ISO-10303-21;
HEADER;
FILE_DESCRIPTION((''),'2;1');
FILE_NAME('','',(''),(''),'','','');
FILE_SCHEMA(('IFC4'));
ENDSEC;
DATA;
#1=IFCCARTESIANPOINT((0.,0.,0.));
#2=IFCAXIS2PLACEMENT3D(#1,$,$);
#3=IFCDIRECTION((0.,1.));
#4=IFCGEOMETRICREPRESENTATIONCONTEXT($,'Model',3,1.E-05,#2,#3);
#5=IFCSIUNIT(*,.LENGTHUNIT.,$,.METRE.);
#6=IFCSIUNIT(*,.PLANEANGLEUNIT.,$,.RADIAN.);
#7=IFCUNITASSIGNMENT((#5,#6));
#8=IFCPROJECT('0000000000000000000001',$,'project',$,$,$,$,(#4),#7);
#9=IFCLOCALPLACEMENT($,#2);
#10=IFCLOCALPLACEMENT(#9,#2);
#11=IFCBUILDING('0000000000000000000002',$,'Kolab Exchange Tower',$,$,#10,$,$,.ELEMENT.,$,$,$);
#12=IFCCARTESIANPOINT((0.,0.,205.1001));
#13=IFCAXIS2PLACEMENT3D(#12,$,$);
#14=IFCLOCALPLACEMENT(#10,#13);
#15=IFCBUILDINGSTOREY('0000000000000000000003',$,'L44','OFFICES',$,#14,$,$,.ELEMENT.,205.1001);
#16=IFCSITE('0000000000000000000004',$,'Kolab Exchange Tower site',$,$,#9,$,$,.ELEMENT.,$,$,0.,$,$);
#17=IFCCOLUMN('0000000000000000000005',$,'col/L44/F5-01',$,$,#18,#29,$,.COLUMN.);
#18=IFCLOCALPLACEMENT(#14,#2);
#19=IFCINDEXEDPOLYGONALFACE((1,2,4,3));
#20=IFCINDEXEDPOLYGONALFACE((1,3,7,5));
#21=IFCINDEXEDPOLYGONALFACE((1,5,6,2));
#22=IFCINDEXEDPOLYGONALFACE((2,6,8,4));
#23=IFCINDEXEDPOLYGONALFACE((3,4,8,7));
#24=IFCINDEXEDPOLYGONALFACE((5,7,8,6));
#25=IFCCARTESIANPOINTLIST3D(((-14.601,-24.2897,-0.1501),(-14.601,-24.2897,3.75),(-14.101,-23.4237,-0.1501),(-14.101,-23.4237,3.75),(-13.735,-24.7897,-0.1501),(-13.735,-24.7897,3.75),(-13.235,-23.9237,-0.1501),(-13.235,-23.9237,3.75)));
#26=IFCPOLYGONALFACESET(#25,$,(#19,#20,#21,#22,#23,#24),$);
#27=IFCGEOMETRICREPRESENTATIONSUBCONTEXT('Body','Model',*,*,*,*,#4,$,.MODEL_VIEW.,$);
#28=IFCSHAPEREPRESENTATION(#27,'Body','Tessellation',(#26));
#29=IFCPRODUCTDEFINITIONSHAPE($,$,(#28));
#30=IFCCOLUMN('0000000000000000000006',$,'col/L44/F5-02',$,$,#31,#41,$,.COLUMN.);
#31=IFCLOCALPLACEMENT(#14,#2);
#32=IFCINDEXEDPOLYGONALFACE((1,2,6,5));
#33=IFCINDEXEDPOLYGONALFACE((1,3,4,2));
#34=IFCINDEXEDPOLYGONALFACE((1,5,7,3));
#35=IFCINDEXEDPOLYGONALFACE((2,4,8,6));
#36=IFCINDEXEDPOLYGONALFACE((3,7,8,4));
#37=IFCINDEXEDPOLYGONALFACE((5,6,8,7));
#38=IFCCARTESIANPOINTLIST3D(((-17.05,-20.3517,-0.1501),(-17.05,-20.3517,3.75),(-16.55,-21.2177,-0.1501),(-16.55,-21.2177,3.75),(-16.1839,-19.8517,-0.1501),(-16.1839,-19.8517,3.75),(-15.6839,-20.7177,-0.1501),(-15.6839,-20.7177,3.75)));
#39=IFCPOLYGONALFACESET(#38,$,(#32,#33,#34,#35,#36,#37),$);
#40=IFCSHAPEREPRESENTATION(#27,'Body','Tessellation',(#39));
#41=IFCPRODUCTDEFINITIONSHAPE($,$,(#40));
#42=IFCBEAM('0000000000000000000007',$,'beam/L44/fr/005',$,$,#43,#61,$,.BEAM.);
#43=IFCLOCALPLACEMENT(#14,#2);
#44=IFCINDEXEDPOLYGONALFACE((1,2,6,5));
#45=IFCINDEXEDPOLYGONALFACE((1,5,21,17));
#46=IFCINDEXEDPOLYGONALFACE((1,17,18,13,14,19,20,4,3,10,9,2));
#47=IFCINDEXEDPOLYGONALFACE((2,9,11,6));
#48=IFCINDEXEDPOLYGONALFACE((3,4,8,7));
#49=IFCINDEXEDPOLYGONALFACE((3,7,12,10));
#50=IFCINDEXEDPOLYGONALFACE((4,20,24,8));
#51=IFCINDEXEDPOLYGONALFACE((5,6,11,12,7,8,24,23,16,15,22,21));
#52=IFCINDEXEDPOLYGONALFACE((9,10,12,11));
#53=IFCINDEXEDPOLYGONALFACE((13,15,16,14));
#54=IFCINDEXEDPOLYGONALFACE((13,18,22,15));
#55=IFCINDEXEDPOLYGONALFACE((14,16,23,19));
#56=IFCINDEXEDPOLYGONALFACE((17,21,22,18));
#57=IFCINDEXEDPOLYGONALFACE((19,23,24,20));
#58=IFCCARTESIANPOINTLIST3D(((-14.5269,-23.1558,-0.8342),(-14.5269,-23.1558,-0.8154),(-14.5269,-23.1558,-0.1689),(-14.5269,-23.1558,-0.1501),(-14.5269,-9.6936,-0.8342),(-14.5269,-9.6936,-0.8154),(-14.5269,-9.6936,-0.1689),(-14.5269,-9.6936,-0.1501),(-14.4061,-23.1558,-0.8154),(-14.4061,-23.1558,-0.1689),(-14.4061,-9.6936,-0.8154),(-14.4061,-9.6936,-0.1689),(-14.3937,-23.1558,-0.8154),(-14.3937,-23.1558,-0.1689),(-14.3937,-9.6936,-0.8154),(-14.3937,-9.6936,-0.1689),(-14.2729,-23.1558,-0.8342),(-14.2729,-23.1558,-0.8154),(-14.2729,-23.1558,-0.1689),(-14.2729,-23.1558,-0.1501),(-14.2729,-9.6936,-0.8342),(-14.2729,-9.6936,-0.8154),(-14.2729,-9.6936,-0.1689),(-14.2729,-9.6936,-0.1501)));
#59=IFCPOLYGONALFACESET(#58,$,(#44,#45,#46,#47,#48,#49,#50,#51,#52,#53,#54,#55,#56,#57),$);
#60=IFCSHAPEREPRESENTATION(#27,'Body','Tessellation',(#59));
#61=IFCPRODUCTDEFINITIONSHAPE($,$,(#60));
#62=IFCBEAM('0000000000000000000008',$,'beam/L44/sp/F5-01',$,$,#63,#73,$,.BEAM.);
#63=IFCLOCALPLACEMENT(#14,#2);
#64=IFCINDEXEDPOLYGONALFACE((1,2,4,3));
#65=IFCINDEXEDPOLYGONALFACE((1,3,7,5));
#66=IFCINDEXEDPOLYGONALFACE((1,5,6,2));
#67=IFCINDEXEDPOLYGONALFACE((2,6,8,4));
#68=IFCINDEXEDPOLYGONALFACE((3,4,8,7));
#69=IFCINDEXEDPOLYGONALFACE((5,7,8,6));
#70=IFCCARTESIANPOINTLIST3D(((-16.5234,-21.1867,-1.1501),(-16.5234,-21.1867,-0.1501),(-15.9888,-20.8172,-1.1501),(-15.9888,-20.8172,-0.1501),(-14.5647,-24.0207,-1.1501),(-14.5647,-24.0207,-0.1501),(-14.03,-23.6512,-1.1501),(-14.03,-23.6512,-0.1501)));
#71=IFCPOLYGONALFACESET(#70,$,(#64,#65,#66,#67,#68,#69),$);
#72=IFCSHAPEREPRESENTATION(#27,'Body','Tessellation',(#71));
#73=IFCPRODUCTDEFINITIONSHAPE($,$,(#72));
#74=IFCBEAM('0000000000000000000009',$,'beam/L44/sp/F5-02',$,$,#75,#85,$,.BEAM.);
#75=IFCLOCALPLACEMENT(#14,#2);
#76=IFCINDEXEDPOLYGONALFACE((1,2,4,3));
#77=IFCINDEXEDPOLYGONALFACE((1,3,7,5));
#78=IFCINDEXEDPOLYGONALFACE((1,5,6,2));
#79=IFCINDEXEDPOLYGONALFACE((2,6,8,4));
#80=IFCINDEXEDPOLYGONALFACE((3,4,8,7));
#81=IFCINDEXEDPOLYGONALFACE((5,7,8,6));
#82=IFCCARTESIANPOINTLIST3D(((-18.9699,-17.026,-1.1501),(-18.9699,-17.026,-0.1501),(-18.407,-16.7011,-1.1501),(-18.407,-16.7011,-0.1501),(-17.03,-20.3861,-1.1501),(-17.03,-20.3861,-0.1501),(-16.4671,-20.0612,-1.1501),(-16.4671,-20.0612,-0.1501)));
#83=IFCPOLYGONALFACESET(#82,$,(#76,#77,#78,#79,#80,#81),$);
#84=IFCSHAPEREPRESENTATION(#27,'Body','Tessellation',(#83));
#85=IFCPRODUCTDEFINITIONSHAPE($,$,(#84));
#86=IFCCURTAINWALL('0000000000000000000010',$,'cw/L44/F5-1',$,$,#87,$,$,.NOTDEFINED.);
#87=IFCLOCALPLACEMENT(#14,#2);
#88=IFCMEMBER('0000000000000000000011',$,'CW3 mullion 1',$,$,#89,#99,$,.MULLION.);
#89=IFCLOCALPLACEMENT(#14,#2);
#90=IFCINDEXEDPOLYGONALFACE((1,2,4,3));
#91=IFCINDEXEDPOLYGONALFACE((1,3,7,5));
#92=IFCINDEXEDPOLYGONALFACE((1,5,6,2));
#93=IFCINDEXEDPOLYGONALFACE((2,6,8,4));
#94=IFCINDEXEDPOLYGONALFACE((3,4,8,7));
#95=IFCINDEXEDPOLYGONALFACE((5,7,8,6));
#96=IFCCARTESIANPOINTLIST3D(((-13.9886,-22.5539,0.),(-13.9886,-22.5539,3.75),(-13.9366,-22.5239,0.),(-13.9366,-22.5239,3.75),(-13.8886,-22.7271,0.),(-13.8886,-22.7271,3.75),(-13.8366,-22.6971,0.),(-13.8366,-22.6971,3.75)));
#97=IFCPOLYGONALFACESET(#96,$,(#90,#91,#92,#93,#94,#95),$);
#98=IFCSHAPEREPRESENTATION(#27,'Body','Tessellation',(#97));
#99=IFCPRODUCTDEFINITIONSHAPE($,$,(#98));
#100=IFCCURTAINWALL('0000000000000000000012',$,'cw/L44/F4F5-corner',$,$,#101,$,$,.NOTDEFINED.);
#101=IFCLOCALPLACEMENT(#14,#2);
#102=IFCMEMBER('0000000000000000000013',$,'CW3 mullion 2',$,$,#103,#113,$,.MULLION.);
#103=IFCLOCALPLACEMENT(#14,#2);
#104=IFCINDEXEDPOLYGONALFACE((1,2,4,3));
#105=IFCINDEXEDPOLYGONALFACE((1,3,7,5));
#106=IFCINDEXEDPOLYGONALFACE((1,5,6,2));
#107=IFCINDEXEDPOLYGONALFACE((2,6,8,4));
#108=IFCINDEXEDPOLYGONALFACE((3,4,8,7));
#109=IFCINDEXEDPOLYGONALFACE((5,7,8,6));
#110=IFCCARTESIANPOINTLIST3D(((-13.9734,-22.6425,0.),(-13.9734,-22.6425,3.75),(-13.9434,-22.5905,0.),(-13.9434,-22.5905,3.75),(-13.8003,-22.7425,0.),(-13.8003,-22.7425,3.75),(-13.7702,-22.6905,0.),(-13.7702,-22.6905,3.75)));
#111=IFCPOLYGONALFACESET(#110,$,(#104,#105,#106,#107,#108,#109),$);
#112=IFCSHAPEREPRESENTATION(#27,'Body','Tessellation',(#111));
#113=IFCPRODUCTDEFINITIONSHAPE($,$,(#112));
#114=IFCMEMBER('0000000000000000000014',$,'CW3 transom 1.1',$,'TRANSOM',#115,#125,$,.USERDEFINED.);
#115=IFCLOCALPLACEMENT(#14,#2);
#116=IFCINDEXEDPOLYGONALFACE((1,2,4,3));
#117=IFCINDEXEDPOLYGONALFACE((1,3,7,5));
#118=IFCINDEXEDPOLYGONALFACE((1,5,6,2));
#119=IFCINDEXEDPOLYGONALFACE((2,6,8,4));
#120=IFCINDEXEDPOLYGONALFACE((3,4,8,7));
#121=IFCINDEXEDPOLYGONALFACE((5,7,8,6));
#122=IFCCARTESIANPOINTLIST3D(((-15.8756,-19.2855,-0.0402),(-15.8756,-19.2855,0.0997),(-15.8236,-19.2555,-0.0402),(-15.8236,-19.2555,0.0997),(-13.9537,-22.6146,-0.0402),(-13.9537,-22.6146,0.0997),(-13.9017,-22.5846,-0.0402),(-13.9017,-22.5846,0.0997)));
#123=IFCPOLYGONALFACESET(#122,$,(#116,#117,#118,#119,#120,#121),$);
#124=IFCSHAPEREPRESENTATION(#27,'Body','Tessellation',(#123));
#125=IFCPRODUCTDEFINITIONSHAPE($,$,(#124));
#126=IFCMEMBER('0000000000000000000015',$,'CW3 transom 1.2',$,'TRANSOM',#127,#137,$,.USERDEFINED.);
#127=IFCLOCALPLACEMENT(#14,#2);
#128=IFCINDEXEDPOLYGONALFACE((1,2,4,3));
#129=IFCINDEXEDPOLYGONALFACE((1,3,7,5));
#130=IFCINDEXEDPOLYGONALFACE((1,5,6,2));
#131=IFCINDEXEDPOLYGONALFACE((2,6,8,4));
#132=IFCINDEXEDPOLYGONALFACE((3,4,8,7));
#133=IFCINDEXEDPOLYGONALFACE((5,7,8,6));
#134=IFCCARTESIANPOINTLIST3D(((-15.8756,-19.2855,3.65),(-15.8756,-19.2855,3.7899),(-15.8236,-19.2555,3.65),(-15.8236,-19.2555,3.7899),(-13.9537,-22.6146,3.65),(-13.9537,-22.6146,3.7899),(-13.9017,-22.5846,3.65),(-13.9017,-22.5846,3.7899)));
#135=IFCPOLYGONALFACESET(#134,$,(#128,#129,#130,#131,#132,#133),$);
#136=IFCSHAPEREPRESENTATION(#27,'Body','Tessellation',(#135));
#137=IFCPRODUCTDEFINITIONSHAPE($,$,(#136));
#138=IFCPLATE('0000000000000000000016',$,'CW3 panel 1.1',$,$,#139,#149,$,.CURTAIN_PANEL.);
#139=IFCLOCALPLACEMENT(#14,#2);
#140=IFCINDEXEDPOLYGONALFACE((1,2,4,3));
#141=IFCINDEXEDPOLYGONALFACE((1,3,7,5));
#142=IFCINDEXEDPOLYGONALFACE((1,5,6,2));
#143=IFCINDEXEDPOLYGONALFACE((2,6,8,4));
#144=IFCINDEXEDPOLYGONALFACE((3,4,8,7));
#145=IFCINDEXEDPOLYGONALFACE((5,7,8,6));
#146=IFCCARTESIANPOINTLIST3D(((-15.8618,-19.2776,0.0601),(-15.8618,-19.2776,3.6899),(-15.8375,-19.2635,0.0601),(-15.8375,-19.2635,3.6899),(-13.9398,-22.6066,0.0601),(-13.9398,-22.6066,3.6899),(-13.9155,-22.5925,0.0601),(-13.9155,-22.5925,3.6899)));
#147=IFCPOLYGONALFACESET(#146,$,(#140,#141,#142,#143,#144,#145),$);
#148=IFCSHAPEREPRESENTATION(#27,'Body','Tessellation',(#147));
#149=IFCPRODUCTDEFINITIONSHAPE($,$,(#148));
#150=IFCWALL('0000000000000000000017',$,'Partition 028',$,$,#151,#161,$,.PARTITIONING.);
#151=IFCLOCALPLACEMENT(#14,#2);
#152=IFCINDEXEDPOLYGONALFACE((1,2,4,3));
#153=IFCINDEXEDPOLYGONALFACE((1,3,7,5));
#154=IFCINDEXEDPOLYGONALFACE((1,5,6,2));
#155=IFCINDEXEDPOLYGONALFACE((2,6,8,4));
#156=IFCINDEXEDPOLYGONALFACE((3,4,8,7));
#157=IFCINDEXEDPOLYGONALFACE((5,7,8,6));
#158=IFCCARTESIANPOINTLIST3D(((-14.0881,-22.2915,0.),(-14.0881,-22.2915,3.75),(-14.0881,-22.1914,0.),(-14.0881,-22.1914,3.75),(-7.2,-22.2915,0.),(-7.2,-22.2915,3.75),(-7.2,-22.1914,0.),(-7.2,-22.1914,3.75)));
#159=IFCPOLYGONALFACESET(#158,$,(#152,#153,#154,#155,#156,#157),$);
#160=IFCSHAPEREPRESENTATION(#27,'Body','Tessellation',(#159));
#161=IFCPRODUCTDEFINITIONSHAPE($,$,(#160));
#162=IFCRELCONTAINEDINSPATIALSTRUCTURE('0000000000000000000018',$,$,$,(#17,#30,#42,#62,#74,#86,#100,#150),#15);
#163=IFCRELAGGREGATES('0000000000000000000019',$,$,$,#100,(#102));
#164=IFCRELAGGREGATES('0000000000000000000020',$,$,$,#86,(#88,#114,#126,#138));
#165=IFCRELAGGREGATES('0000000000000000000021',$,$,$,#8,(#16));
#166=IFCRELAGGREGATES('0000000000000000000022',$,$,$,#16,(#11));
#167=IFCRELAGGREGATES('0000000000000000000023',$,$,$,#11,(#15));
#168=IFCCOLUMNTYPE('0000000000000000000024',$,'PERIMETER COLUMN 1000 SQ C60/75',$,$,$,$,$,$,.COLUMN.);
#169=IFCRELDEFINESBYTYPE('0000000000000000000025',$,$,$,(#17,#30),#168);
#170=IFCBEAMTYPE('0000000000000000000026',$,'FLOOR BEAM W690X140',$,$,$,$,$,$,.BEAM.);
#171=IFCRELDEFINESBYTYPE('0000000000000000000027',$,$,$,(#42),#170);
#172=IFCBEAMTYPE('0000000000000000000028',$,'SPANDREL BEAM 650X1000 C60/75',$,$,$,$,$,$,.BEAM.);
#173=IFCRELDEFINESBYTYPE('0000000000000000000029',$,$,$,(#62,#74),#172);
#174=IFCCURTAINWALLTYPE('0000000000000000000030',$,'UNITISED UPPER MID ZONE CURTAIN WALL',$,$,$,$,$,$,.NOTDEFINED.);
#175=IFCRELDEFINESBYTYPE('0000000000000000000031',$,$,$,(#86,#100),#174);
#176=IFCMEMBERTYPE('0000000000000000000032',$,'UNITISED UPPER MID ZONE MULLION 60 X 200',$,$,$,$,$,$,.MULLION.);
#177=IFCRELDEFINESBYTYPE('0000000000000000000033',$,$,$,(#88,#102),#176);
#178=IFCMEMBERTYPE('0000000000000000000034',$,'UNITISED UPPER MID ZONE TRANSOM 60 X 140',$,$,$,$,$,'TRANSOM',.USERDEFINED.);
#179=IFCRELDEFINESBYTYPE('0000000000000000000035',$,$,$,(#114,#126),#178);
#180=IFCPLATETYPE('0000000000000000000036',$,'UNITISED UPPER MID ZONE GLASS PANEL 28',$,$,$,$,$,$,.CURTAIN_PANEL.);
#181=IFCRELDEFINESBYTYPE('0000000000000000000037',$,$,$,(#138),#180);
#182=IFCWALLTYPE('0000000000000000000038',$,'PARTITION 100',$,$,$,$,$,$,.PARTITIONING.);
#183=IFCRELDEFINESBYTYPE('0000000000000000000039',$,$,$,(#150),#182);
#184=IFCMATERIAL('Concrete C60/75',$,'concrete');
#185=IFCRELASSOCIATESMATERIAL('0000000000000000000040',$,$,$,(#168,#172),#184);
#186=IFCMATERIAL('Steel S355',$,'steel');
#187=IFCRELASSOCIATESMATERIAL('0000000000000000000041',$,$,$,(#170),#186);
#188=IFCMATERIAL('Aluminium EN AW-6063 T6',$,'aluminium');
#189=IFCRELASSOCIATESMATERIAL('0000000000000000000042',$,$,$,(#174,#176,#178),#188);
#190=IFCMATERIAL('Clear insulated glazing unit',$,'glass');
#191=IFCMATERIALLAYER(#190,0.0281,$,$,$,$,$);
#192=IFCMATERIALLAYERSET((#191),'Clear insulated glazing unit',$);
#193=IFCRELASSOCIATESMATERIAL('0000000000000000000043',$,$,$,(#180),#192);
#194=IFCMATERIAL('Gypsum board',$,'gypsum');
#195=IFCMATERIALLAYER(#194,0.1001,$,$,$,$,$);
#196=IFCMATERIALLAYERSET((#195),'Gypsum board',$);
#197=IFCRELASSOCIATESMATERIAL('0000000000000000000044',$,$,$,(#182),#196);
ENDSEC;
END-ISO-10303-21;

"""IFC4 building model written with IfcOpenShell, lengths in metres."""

from ifc_helpers import new_model, si_unit, direction, frame, frame_2d, origin, origin_2d, place, context, subcontext, project, spatial, rectangle, i_section, extrude, material, layer, layer_set, material_profile, profile_set, type_object, element, aggregate, save


model = new_model("IFC4")

# Units and contexts
model_context = context("Model", 3, precision=1e-05, world=origin(), true_north=direction((0.0, 1.0)))
body_context = subcontext(model_context, "Body", "Model", "MODEL_VIEW")
ifc_project = project(units=[si_unit("LENGTHUNIT", "METRE"), si_unit("PLANEANGLEUNIT", "RADIAN")], contexts=[model_context])

# Site, building, storey
site_placement = place(None, origin())
site = spatial("IfcSite", under=ifc_project, at=site_placement, Name="Kolab Exchange Tower site", CompositionType="ELEMENT", RefElevation=0.0)
building_placement = place(site_placement, origin())
building = spatial("IfcBuilding", under=site, at=building_placement, Name="Kolab Exchange Tower", CompositionType="ELEMENT")
storey_placement = place(building_placement, frame((0.0, 0.0, 205.1001)))
storey = spatial("IfcBuildingStorey", under=building, at=storey_placement, Name="L44", Description="OFFICES", CompositionType="ELEMENT", Elevation=205.1001)

# Columns
ifc_material_1 = material(Name="Concrete C60/75", Category="concrete")
ifc_material_profile_1 = material_profile(ifc_material_1, rectangle(XDim=1.0, YDim=1.0, at=origin_2d()), Name="RC1000")
ifc_profile_set_1 = profile_set([ifc_material_profile_1], Name="Concrete C60/75")
column_type = type_object("IfcColumnType", Name="PERIMETER COLUMN 1000 SQ C60/75", PredefinedType="COLUMN", material=ifc_profile_set_1)
for number, where, z_axis, x_axis, name in (
    (1, (-13.918, -24.1067, -0.1501), (0.0, 0.0, 1.0), (0.5, 0.866025, 0.0), "col/L44/F5-01"),
    (2, (-16.3669, -20.5347, -0.1501), (0.0, 0.0, 1.0), (0.866025, 0.5, 0.0), "col/L44/F5-02"),
):
    element("IfcColumn", number, at=place(storey_placement, frame(where, z_axis=z_axis, x_axis=x_axis)), inside=storey, type_object=column_type, Name=name, PredefinedType="COLUMN", context=body_context, shape_type="SweptSolid", body=[
        extrude(rectangle(XDim=1.0, YDim=1.0, at=origin_2d()), origin(), (0.0, 0.0, 1.0), 3.9001),
    ])

# Beams
ifc_material_2 = material(Name="Steel S355", Category="steel")
ifc_material_profile_2 = material_profile(ifc_material_2, i_section(OverallWidth=0.2539, OverallDepth=0.6841, WebThickness=0.0125, FlangeThickness=0.0188, at=origin_2d()), Name="W690X140")
ifc_profile_set_2 = profile_set([ifc_material_profile_2], Name="Steel S355")
beam_type_1 = type_object("IfcBeamType", Name="FLOOR BEAM W690X140", PredefinedType="BEAM", material=ifc_profile_set_2)
beam_1_placement = place(storey_placement, frame((-14.3999, -23.1558, -0.4922), z_axis=(0.0, 1.0, 0.0), x_axis=(-1.0, 0.0, 0.0)))
element("IfcBeam", 3, at=beam_1_placement, inside=storey, type_object=beam_type_1, Name="beam/L44/fr/005", PredefinedType="BEAM", context=body_context, shape_type="SweptSolid", body=[
    extrude(i_section(OverallWidth=0.2539, OverallDepth=0.6841, WebThickness=0.0125, FlangeThickness=0.0188, at=origin_2d()), origin(), (0.0, 0.0, 1.0), 13.4622),
])
ifc_material_profile_3 = material_profile(ifc_material_1, rectangle(XDim=0.6499, YDim=1.0, at=origin_2d()), Name="RC650X1000")
ifc_profile_set_3 = profile_set([ifc_material_profile_3], Name="Concrete C60/75")
beam_type_2 = type_object("IfcBeamType", Name="SPANDREL BEAM 650X1000 C60/75", PredefinedType="BEAM", material=ifc_profile_set_3)
beam_2_placement = place(storey_placement, frame((-14.2974, -23.8359, -0.6501), z_axis=(-0.568572, 0.822633, 0.0), x_axis=(-0.822633, -0.568572, 0.0)))
element("IfcBeam", 4, at=beam_2_placement, inside=storey, type_object=beam_type_2, Name="beam/L44/sp/F5-01", PredefinedType="BEAM", context=body_context, shape_type="SweptSolid", body=[
    extrude(rectangle(XDim=0.6499, YDim=1.0, at=origin_2d()), origin(), (0.0, 0.0, 1.0), 3.4451),
])
beam_3_placement = place(storey_placement, frame((-16.7485, -20.2236, -0.6501), z_axis=(-0.499997, 0.866027, 0.0), x_axis=(-0.866027, -0.499997, 0.0)))
element("IfcBeam", 5, at=beam_3_placement, inside=storey, type_object=beam_type_2, Name="beam/L44/sp/F5-02", PredefinedType="BEAM", context=body_context, shape_type="SweptSolid", body=[
    extrude(rectangle(XDim=0.6499, YDim=1.0, at=origin_2d()), origin(), (0.0, 0.0, 1.0), 3.8799),
])

# Curtain walls, members
ifc_material_3 = material(Name="Aluminium EN AW-6063 T6", Category="aluminium")
curtain_wall_type = type_object("IfcCurtainWallType", Name="UNITISED UPPER MID ZONE CURTAIN WALL", PredefinedType="NOTDEFINED", material=ifc_material_3)
curtain_wall_1_placement = place(storey_placement, origin())
curtain_wall_1 = element("IfcCurtainWall", 6, at=curtain_wall_1_placement, inside=storey, type_object=curtain_wall_type, Name="cw/L44/F5-1", PredefinedType="NOTDEFINED")
ifc_material_profile_4 = material_profile(ifc_material_3, rectangle(XDim=0.0601, YDim=0.2, at=origin_2d()), Name="RECT 60X200")
ifc_profile_set_4 = profile_set([ifc_material_profile_4], Name="Aluminium EN AW-6063 T6")
member_type_1 = type_object("IfcMemberType", Name="UNITISED UPPER MID ZONE MULLION 60 X 200", PredefinedType="MULLION", material=ifc_profile_set_4)
member_1_placement = place(storey_placement, frame((-13.9126, -22.6255, 0.0), z_axis=(0.0, 0.0, 1.0), x_axis=(-0.866025, -0.5, 0.0)))
member_1 = element("IfcMember", 7, at=member_1_placement, type_object=member_type_1, Name="CW3 mullion 1", PredefinedType="MULLION", context=body_context, shape_type="SweptSolid", body=[
    extrude(rectangle(XDim=0.0601, YDim=0.2, at=origin_2d()), origin(), (0.0, 0.0, 1.0), 3.75),
])
curtain_wall_2_placement = place(storey_placement, origin())
curtain_wall_2 = element("IfcCurtainWall", 8, at=curtain_wall_2_placement, inside=storey, type_object=curtain_wall_type, Name="cw/L44/F4F5-corner", PredefinedType="NOTDEFINED")
member_2_placement = place(storey_placement, frame((-13.8718, -22.6665, 0.0), z_axis=(0.0, 0.0, 1.0), x_axis=(-0.5, -0.866025, 0.0)))
member_2 = element("IfcMember", 9, at=member_2_placement, type_object=member_type_1, Name="CW3 mullion 2", PredefinedType="MULLION", context=body_context, shape_type="SweptSolid", body=[
    extrude(rectangle(XDim=0.0601, YDim=0.2, at=origin_2d()), origin(), (0.0, 0.0, 1.0), 3.75),
])
aggregate(curtain_wall_2, [member_2])

# Members
ifc_material_profile_5 = material_profile(ifc_material_3, rectangle(XDim=0.0601, YDim=0.1399, at=origin_2d()), Name="RECT 60X140")
ifc_profile_set_5 = profile_set([ifc_material_profile_5], Name="Aluminium EN AW-6063 T6")
member_type_2 = type_object("IfcMemberType", Name="UNITISED UPPER MID ZONE TRANSOM 60 X 140", ElementType="TRANSOM", PredefinedType="USERDEFINED", material=ifc_profile_set_5)
member_3_placement = place(storey_placement, frame((-13.9277, -22.5996, 0.0298), z_axis=(-0.499964, 0.866046, 0.0), x_axis=(-0.866046, -0.499964, 0.0)))
member_3 = element("IfcMember", 10, at=member_3_placement, type_object=member_type_2, Name="CW3 transom 1.1", ObjectType="TRANSOM", PredefinedType="USERDEFINED", context=body_context, shape_type="SweptSolid", body=[
    extrude(rectangle(XDim=0.0601, YDim=0.1399, at=origin_2d()), origin(), (0.0, 0.0, 1.0), 3.844),
])
member_4_placement = place(storey_placement, frame((-13.9277, -22.5996, 3.72), z_axis=(-0.499964, 0.866046, 0.0), x_axis=(-0.866046, -0.499964, 0.0)))
member_4 = element("IfcMember", 11, at=member_4_placement, type_object=member_type_2, Name="CW3 transom 1.2", ObjectType="TRANSOM", PredefinedType="USERDEFINED", context=body_context, shape_type="SweptSolid", body=[
    extrude(rectangle(XDim=0.0601, YDim=0.1399, at=origin_2d()), origin(), (0.0, 0.0, 1.0), 3.844),
])

# Plate
ifc_material_4 = material(Name="Clear insulated glazing unit", Category="glass")
ifc_layer_1 = layer(ifc_material_4, 0.0281)
ifc_layer_set_1 = layer_set([ifc_layer_1], Name="Clear insulated glazing unit")
plate_type = type_object("IfcPlateType", Name="UNITISED UPPER MID ZONE GLASS PANEL 28", PredefinedType="CURTAIN_PANEL", material=ifc_layer_set_1)
plate_placement = place(storey_placement, frame((-14.8887, -20.9351, 0.0601), z_axis=(0.0, 0.0, 1.0), x_axis=(-0.5, 0.866025, 0.0)))
plate = element("IfcPlate", 12, at=plate_placement, type_object=plate_type, Name="CW3 panel 1.1", PredefinedType="CURTAIN_PANEL", context=body_context, shape_type="SweptSolid", body=[
    extrude(rectangle(XDim=3.844, YDim=0.0281, at=origin_2d()), origin(), (0.0, 0.0, 1.0), 3.6299),
])
aggregate(curtain_wall_1, [member_1, member_3, member_4, plate])

# Wall
ifc_material_5 = material(Name="Gypsum board", Category="gypsum")
ifc_layer_2 = layer(ifc_material_5, 0.1001)
ifc_layer_set_2 = layer_set([ifc_layer_2], Name="Gypsum board")
wall_type = type_object("IfcWallType", Name="PARTITION 100", PredefinedType="PARTITIONING", material=ifc_layer_set_2)
wall_placement = place(storey_placement, frame((-14.0881, -22.2415, 0.0), z_axis=(0.0, 0.0, 1.0), x_axis=(1.0, 0.0, 0.0)))
element("IfcWall", 13, at=wall_placement, inside=storey, type_object=wall_type, Name="Partition 028", PredefinedType="PARTITIONING", context=body_context, shape_type="SweptSolid", body=[
    extrude(rectangle(XDim=6.8882, YDim=0.1001, at=frame_2d((3.4441, 0.0))), origin(), (0.0, 0.0, 1.0), 3.75),
])

save(model, "model.ifc")
